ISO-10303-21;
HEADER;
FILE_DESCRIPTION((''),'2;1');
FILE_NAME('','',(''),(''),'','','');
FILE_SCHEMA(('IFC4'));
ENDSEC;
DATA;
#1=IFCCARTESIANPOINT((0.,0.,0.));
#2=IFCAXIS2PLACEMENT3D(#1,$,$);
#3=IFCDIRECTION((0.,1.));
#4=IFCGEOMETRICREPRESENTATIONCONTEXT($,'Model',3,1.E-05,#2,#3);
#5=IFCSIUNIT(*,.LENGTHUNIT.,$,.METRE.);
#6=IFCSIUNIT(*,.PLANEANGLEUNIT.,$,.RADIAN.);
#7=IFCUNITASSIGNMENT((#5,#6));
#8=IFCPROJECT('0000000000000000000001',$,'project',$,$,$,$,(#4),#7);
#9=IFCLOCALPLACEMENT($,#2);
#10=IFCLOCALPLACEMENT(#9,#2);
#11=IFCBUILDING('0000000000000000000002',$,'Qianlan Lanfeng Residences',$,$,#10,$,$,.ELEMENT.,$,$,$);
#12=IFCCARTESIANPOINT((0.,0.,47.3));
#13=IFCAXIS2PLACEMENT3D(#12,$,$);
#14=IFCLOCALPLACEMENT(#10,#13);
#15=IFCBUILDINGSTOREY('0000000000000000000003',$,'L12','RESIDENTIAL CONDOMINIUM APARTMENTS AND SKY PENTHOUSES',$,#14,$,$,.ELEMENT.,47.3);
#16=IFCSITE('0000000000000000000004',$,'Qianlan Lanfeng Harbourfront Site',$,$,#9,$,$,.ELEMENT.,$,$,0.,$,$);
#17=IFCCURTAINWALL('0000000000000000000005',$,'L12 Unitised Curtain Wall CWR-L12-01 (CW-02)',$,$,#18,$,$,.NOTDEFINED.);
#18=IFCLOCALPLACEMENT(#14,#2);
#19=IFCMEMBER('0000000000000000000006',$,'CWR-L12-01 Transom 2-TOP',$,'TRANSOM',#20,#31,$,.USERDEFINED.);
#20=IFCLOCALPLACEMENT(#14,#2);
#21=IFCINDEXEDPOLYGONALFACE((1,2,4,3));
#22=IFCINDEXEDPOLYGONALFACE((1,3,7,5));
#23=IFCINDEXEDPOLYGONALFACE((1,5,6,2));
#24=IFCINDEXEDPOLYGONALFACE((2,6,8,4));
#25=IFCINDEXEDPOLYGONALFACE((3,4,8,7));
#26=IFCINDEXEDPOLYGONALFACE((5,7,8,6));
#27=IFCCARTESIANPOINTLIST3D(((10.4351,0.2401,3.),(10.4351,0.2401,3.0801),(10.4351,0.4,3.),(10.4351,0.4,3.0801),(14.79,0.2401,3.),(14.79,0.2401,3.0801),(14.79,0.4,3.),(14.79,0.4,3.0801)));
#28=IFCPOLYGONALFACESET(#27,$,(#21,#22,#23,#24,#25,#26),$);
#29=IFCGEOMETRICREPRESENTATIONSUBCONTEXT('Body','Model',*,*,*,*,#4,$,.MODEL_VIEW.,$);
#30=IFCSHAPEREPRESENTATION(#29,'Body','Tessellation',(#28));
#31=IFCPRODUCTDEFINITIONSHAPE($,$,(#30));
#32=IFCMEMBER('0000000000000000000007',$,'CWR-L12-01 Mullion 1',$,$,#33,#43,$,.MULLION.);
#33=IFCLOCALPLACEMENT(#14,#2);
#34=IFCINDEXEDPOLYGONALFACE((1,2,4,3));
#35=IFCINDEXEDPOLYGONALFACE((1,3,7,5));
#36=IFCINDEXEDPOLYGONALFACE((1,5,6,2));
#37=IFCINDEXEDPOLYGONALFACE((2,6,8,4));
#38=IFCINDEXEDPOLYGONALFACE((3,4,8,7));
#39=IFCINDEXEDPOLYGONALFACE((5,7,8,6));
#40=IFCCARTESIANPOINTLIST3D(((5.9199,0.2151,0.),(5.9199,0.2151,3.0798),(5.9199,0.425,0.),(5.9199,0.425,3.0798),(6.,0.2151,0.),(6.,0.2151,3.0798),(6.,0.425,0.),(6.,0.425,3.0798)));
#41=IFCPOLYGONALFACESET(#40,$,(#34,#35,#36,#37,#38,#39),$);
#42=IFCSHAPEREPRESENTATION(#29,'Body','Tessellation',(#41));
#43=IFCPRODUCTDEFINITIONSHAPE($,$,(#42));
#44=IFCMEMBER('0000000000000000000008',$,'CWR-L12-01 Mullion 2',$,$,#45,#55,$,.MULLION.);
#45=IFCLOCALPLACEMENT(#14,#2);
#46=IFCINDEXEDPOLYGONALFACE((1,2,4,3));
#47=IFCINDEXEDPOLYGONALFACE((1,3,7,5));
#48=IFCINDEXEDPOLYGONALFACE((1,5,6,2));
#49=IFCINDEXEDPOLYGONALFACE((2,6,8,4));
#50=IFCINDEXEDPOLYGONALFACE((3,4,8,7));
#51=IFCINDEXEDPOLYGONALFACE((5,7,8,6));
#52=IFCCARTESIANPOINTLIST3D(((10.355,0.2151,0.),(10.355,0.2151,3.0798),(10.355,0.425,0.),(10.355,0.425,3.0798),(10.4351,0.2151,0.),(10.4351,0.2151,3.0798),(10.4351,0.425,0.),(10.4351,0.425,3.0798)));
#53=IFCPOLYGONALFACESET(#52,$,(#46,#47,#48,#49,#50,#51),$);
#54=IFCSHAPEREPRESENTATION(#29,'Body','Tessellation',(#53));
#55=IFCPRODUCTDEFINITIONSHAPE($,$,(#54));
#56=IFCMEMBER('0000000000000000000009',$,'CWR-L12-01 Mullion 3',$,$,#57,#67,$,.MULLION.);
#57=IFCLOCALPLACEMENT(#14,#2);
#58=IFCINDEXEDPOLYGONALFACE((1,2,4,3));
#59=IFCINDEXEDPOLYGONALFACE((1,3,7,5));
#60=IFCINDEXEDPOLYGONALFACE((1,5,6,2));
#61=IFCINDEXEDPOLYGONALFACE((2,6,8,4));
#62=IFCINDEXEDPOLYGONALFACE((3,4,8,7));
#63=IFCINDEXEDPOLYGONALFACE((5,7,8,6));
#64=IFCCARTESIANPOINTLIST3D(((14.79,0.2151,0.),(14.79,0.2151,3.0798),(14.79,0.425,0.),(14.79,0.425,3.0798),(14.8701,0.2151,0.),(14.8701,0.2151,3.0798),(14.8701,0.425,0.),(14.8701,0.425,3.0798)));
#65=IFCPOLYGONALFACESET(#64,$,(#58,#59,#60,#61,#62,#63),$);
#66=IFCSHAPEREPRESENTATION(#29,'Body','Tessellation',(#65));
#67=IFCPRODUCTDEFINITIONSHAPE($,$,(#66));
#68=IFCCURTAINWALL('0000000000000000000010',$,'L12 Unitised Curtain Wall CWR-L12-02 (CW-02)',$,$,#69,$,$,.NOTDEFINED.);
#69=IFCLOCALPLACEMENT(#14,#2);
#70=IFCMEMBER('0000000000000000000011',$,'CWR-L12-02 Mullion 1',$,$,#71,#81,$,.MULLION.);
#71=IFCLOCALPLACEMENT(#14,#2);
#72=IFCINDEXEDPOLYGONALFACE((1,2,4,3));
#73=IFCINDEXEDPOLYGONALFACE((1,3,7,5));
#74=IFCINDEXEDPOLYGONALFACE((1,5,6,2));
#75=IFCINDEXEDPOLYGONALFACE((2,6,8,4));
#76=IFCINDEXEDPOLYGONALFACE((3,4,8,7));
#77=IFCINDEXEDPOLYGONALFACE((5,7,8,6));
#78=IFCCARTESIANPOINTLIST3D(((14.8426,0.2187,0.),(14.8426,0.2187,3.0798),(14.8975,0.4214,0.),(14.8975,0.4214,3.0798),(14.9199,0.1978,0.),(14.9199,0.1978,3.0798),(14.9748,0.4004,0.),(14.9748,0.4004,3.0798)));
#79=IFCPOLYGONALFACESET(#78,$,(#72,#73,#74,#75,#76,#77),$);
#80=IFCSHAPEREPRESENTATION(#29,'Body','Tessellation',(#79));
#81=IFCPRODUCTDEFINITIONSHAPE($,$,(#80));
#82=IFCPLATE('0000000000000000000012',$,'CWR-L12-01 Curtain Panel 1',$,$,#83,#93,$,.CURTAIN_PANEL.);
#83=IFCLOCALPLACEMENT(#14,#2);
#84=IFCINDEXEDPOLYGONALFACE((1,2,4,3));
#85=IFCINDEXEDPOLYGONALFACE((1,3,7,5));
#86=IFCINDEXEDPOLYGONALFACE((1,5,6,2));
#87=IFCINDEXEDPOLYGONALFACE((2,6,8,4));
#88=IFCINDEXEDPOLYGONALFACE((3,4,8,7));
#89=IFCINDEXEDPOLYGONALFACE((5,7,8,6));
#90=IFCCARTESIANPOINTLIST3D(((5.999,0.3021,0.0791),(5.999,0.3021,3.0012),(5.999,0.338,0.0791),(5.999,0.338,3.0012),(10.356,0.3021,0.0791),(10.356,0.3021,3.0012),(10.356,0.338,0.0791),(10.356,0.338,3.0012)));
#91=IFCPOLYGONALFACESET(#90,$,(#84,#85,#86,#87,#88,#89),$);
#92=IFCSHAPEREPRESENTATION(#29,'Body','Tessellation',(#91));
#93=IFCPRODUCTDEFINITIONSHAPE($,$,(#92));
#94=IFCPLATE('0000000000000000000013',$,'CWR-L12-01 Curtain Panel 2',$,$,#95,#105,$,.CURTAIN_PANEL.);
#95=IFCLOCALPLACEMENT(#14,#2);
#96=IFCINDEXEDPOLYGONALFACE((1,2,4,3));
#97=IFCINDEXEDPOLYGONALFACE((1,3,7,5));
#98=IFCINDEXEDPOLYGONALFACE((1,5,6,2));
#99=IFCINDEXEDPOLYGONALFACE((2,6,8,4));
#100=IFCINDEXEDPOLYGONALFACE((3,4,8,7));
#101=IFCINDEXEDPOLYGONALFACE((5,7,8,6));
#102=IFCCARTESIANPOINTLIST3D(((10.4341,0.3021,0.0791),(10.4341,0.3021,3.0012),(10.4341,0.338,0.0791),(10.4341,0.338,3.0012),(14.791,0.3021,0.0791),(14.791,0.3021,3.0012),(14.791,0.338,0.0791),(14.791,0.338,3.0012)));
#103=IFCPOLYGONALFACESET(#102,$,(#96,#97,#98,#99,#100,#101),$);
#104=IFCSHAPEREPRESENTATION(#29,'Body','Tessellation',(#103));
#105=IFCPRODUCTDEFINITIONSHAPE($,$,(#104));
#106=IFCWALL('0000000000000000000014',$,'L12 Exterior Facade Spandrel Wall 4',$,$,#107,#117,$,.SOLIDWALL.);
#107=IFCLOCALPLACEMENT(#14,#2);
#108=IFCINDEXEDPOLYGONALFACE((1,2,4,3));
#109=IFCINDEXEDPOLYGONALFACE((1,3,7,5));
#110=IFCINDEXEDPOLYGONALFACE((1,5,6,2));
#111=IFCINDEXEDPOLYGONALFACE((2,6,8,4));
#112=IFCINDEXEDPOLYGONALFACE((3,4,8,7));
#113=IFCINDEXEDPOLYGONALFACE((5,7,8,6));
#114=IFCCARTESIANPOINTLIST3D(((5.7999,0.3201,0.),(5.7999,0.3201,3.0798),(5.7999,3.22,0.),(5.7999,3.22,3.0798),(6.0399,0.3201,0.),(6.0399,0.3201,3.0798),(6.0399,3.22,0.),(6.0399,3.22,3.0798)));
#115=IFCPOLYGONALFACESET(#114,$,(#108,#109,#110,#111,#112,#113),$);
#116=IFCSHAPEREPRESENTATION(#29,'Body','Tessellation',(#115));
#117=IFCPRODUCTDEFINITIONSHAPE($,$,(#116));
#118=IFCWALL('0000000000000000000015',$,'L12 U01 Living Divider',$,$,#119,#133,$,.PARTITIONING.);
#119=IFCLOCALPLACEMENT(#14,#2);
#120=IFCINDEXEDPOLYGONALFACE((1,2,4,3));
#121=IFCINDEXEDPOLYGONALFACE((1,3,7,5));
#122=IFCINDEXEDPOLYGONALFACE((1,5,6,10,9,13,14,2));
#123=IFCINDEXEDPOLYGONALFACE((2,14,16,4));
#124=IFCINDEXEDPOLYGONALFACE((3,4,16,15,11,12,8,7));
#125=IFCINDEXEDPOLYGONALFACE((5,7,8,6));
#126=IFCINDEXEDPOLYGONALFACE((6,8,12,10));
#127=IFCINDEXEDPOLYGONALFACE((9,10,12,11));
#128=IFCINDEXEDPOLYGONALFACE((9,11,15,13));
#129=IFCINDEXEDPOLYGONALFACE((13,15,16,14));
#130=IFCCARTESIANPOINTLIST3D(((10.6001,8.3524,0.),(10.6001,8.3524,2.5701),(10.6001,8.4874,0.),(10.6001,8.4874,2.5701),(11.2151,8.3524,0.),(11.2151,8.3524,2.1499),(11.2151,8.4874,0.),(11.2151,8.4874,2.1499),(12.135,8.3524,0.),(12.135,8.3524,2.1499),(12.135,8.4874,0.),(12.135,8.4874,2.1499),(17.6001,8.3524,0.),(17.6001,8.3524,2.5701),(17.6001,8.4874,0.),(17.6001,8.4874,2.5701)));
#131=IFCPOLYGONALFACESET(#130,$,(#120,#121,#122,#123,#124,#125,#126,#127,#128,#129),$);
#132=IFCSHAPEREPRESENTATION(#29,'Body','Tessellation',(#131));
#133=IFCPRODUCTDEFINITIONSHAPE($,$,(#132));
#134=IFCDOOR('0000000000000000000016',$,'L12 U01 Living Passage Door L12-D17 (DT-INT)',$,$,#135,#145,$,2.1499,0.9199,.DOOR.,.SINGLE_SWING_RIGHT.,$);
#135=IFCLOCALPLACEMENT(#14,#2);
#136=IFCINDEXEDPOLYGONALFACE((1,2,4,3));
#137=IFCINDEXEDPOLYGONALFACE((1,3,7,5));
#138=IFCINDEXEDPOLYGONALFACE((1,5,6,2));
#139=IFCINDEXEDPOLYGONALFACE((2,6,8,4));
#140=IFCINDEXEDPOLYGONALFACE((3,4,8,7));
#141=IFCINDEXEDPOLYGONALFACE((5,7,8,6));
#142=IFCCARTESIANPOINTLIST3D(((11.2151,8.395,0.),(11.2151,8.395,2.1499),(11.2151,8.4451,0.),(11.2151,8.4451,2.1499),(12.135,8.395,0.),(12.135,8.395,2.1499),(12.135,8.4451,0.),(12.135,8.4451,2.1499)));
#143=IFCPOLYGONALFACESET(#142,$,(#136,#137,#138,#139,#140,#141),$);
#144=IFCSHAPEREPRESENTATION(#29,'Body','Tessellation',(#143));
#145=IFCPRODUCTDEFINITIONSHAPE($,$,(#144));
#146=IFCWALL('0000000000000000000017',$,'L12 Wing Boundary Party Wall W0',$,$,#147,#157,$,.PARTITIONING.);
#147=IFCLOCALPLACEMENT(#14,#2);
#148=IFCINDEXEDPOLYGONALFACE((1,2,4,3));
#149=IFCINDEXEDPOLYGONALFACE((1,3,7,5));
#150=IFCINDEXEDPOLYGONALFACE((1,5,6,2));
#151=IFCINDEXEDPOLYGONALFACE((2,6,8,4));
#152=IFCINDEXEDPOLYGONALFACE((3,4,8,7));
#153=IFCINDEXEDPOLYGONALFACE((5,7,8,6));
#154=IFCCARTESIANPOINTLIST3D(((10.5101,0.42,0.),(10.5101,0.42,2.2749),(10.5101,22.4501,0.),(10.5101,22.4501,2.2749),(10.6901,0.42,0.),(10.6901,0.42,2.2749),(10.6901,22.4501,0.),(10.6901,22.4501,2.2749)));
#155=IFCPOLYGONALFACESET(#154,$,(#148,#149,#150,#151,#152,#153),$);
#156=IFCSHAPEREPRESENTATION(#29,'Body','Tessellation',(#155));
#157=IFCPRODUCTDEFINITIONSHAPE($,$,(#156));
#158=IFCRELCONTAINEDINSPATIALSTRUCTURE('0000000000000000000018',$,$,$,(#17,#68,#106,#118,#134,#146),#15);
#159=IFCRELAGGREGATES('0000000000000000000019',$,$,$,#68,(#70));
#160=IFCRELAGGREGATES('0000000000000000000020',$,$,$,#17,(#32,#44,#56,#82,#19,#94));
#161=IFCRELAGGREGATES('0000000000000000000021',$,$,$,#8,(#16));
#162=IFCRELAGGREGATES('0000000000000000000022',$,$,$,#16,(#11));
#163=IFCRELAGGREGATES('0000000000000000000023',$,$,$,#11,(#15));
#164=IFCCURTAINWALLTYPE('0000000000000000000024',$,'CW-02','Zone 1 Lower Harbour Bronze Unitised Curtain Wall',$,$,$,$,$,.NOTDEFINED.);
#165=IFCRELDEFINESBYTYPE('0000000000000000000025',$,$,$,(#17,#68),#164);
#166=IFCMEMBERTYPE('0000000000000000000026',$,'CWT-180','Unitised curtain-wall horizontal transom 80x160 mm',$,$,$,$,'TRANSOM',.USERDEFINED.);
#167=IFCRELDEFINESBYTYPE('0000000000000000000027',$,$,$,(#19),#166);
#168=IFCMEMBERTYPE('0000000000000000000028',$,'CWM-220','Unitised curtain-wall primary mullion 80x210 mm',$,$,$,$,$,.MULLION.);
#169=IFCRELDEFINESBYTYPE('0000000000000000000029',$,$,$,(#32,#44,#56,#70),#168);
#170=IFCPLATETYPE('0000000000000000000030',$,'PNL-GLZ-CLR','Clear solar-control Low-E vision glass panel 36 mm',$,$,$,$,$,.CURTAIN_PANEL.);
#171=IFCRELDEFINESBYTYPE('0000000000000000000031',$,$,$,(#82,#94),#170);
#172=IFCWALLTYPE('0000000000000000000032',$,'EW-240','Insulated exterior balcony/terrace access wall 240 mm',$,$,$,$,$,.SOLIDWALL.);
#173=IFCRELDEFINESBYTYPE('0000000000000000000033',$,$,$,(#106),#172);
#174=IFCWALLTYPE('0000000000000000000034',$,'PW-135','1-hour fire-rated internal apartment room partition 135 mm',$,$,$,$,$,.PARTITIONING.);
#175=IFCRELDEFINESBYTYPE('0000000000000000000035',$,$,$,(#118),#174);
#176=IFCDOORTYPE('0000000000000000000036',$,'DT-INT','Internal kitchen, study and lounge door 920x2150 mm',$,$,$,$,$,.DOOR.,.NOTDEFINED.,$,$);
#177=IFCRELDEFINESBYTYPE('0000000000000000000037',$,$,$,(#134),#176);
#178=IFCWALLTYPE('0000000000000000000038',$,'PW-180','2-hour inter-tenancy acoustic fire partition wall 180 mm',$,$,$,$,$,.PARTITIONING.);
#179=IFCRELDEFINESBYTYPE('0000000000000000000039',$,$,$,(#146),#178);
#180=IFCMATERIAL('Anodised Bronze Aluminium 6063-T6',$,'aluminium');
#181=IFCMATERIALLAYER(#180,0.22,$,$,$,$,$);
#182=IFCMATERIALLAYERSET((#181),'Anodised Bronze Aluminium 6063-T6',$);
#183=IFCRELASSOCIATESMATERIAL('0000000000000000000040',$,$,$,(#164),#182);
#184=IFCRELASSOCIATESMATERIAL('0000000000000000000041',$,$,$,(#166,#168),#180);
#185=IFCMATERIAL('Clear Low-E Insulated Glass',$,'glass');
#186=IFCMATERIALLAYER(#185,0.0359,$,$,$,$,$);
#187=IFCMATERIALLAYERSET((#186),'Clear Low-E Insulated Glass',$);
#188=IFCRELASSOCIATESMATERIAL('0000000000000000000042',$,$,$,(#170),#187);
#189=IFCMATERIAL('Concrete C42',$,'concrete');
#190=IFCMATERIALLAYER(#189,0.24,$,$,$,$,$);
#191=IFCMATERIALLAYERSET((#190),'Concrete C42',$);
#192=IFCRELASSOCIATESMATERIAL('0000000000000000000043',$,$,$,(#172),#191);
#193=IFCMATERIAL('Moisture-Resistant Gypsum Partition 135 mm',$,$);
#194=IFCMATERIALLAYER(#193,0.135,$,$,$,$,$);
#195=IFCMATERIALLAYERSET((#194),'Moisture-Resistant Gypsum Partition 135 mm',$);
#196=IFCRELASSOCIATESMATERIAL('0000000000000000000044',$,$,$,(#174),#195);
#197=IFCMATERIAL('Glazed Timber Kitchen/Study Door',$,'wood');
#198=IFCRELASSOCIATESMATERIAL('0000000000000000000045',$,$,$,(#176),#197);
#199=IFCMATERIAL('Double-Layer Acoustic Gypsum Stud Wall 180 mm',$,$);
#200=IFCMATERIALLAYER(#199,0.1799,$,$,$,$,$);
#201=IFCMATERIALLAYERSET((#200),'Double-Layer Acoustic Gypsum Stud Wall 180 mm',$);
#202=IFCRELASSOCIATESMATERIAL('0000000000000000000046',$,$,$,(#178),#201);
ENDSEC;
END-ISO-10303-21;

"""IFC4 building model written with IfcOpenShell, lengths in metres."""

from ifc_helpers import new_model, si_unit, direction, frame, frame_2d, origin, origin_2d, place, context, subcontext, project, spatial, rectangle, extrude, source, transform, mapped, material, layer, layer_set, material_profile, profile_set, type_object, element, fill, aggregate, save


model = new_model("IFC4")

# Units and contexts
model_context = context("Model", 3, precision=1e-05, world=origin(), true_north=direction((0.0, 1.0)))
body_context = subcontext(model_context, "Body", "Model", "MODEL_VIEW")
ifc_project = project(units=[si_unit("LENGTHUNIT", "METRE"), si_unit("PLANEANGLEUNIT", "RADIAN")], contexts=[model_context])

# Site, building, storey
site_placement = place(None, origin())
site = spatial("IfcSite", under=ifc_project, at=site_placement, Name="Qianlan Lanfeng Harbourfront Site", CompositionType="ELEMENT", RefElevation=0.0)
building_placement = place(site_placement, origin())
building = spatial("IfcBuilding", under=site, at=building_placement, Name="Qianlan Lanfeng Residences", CompositionType="ELEMENT")
storey_placement = place(building_placement, frame((0.0, 0.0, 47.3)))
storey = spatial("IfcBuildingStorey", under=building, at=storey_placement, Name="L12", Description="RESIDENTIAL CONDOMINIUM APARTMENTS AND SKY PENTHOUSES", CompositionType="ELEMENT", Elevation=47.3)

# Curtain wall, members
ifc_material_1 = material(Name="Anodised Bronze Aluminium 6063-T6", Category="aluminium")
ifc_layer_1 = layer(ifc_material_1, 0.22)
ifc_layer_set_1 = layer_set([ifc_layer_1], Name="Anodised Bronze Aluminium 6063-T6")
curtain_wall_type = type_object("IfcCurtainWallType", Name="CW-02", Description="Zone 1 Lower Harbour Bronze Unitised Curtain Wall", PredefinedType="NOTDEFINED", material=ifc_layer_set_1)
curtain_wall_1_placement = place(storey_placement, origin())
curtain_wall_1 = element("IfcCurtainWall", 1, at=curtain_wall_1_placement, inside=storey, type_object=curtain_wall_type, Name="L12 Unitised Curtain Wall CWR-L12-01 (CW-02)", PredefinedType="NOTDEFINED")
ifc_material_profile_1 = material_profile(ifc_material_1, rectangle(XDim=0.0801, YDim=0.1599, at=origin_2d()), Name="ALU TRANSOM 80x160")
ifc_profile_set_1 = profile_set([ifc_material_profile_1], Name="Anodised Bronze Aluminium 6063-T6")
member_type_1 = type_object("IfcMemberType", Name="CWT-180", Description="Unitised curtain-wall horizontal transom 80x160 mm", ElementType="TRANSOM", PredefinedType="USERDEFINED", material=ifc_profile_set_1)
shared_shape_1 = source(origin(), body_context, "Body", "SweptSolid", [
    extrude(rectangle(XDim=0.0801, YDim=0.1599, at=origin_2d()), origin(), (0.0, 0.0, 1.0), 4.355),
])
member_1_placement = place(storey_placement, frame((10.4351, 0.3201, 3.04), z_axis=(1.0, 0.0, 0.0), x_axis=(0.0, 0.0, 1.0)))
member_1 = element("IfcMember", 2, at=member_1_placement, type_object=member_type_1, Name="CWR-L12-01 Transom 2-TOP", ObjectType="TRANSOM", PredefinedType="USERDEFINED", context=body_context, shape_type="MappedRepresentation", body=[
    mapped(shared_shape_1, transform((0.0, 0.0, 0.0), scale=1.0)),
])
ifc_material_profile_2 = material_profile(ifc_material_1, rectangle(XDim=0.0801, YDim=0.21, at=origin_2d()), Name="ALU MULLION 80x210")
ifc_profile_set_2 = profile_set([ifc_material_profile_2], Name="Anodised Bronze Aluminium 6063-T6")
member_type_2 = type_object("IfcMemberType", Name="CWM-220", Description="Unitised curtain-wall primary mullion 80x210 mm", PredefinedType="MULLION", material=ifc_profile_set_2)
shared_shape_2 = source(origin(), body_context, "Body", "SweptSolid", [
    extrude(rectangle(XDim=0.0801, YDim=0.21, at=origin_2d()), origin(), (0.0, 0.0, 1.0), 3.0798),
])
member_2_placement = place(storey_placement, frame((5.96, 0.3201, 0.0), z_axis=(0.0, 0.0, 1.0), x_axis=(1.0, 0.0, 0.0)))
member_2 = element("IfcMember", 3, at=member_2_placement, type_object=member_type_2, Name="CWR-L12-01 Mullion 1", PredefinedType="MULLION", context=body_context, shape_type="MappedRepresentation", body=[
    mapped(shared_shape_2, transform((0.0, 0.0, 0.0), scale=1.0)),
])
member_3_placement = place(storey_placement, frame((10.395, 0.3201, 0.0), z_axis=(0.0, 0.0, 1.0), x_axis=(1.0, 0.0, 0.0)))
member_3 = element("IfcMember", 4, at=member_3_placement, type_object=member_type_2, Name="CWR-L12-01 Mullion 2", PredefinedType="MULLION", context=body_context, shape_type="MappedRepresentation", body=[
    mapped(shared_shape_2, transform((0.0, 0.0, 0.0), scale=1.0)),
])
member_4_placement = place(storey_placement, frame((14.8301, 0.3201, 0.0), z_axis=(0.0, 0.0, 1.0), x_axis=(1.0, 0.0, 0.0)))
member_4 = element("IfcMember", 5, at=member_4_placement, type_object=member_type_2, Name="CWR-L12-01 Mullion 3", PredefinedType="MULLION", context=body_context, shape_type="MappedRepresentation", body=[
    mapped(shared_shape_2, transform((0.0, 0.0, 0.0), scale=1.0)),
])

# Curtain wall, member
curtain_wall_2_placement = place(storey_placement, origin())
curtain_wall_2 = element("IfcCurtainWall", 6, at=curtain_wall_2_placement, inside=storey, type_object=curtain_wall_type, Name="L12 Unitised Curtain Wall CWR-L12-02 (CW-02)", PredefinedType="NOTDEFINED")
member_5_placement = place(storey_placement, frame((14.9087, 0.3096, 0.0), z_axis=(0.0, 0.0, 1.0), x_axis=(0.965263, -0.261281, 0.0)))
member_5 = element("IfcMember", 7, at=member_5_placement, type_object=member_type_2, Name="CWR-L12-02 Mullion 1", PredefinedType="MULLION", context=body_context, shape_type="MappedRepresentation", body=[
    mapped(shared_shape_2, transform((0.0, 0.0, 0.0), scale=1.0)),
])
aggregate(curtain_wall_2, [member_5])

# Plates
ifc_material_2 = material(Name="Clear Low-E Insulated Glass", Category="glass")
ifc_layer_2 = layer(ifc_material_2, 0.0359)
ifc_layer_set_2 = layer_set([ifc_layer_2], Name="Clear Low-E Insulated Glass")
plate_type = type_object("IfcPlateType", Name="PNL-GLZ-CLR", Description="Clear solar-control Low-E vision glass panel 36 mm", PredefinedType="CURTAIN_PANEL", material=ifc_layer_set_2)
shared_shape_3 = source(origin(), body_context, "Body", "SweptSolid", [
    extrude(rectangle(XDim=4.3569, YDim=0.0359, at=origin_2d()), origin(), (0.0, 0.0, 1.0), 2.9221),
])
plate_1_placement = place(storey_placement, frame((8.1775, 0.3201, 0.0791), z_axis=(0.0, 0.0, 1.0), x_axis=(1.0, 0.0, 0.0)))
plate_1 = element("IfcPlate", 8, at=plate_1_placement, type_object=plate_type, Name="CWR-L12-01 Curtain Panel 1", PredefinedType="CURTAIN_PANEL", context=body_context, shape_type="MappedRepresentation", body=[
    mapped(shared_shape_3, transform((0.0, 0.0, 0.0), scale=1.0)),
])
plate_2_placement = place(storey_placement, frame((12.6125, 0.3201, 0.0791), z_axis=(0.0, 0.0, 1.0), x_axis=(1.0, 0.0, 0.0)))
plate_2 = element("IfcPlate", 9, at=plate_2_placement, type_object=plate_type, Name="CWR-L12-01 Curtain Panel 2", PredefinedType="CURTAIN_PANEL", context=body_context, shape_type="MappedRepresentation", body=[
    mapped(shared_shape_3, transform((0.0, 0.0, 0.0), scale=1.0)),
])
aggregate(curtain_wall_1, [member_2, member_3, member_4, plate_1, member_1, plate_2])

# Wall
ifc_material_3 = material(Name="Concrete C42", Category="concrete")
ifc_layer_3 = layer(ifc_material_3, 0.24)
ifc_layer_set_3 = layer_set([ifc_layer_3], Name="Concrete C42")
wall_type_1 = type_object("IfcWallType", Name="EW-240", Description="Insulated exterior balcony/terrace access wall 240 mm", PredefinedType="SOLIDWALL", material=ifc_layer_set_3)
wall_1_placement = place(storey_placement, frame((5.9199, 3.22, 0.0), z_axis=(0.0, 0.0, 1.0), x_axis=(0.0, -1.0, 0.0)))
element("IfcWall", 10, at=wall_1_placement, inside=storey, type_object=wall_type_1, Name="L12 Exterior Facade Spandrel Wall 4", PredefinedType="SOLIDWALL", context=body_context, shape_type="SweptSolid", body=[
    extrude(rectangle(XDim=2.8999, YDim=0.24, at=frame_2d((1.45, 0.0))), origin(), (0.0, 0.0, 1.0), 3.0798),
])

# Wall, opening, door
ifc_material_4 = material(Name="Moisture-Resistant Gypsum Partition 135 mm")
ifc_layer_4 = layer(ifc_material_4, 0.135)
ifc_layer_set_4 = layer_set([ifc_layer_4], Name="Moisture-Resistant Gypsum Partition 135 mm")
wall_type_2 = type_object("IfcWallType", Name="PW-135", Description="1-hour fire-rated internal apartment room partition 135 mm", PredefinedType="PARTITIONING", material=ifc_layer_set_4)
wall_2_placement = place(storey_placement, frame((10.6001, 8.4199, 0.0), z_axis=(0.0, 0.0, 1.0), x_axis=(1.0, 0.0, 0.0)))
wall_2 = element("IfcWall", 11, at=wall_2_placement, inside=storey, type_object=wall_type_2, Name="L12 U01 Living Divider", PredefinedType="PARTITIONING", context=body_context, shape_type="SweptSolid", body=[
    extrude(rectangle(XDim=7.0, YDim=0.135, at=frame_2d((3.5, 0.0))), origin(), (0.0, 0.0, 1.0), 2.5701),
])
opening_1_placement = place(wall_2_placement, frame((0.615, 0.0, 0.0)))
opening_1 = element("IfcOpeningElement", 12, at=opening_1_placement, cuts=wall_2, PredefinedType="OPENING", context=body_context, shape_type="SweptSolid", body=[
    extrude(rectangle(XDim=0.9199, YDim=2.1499, at=frame_2d((0.46, 1.075))), frame((0.0, 0.0776, 0.0), z_axis=(0.0, -1.0, 0.0), x_axis=(1.0, 0.0, 0.0)), (0.0, 0.0, 1.0), 0.155),
])
ifc_material_5 = material(Name="Glazed Timber Kitchen/Study Door", Category="wood")
door_type_1 = type_object("IfcDoorType", Name="DT-INT", Description="Internal kitchen, study and lounge door 920x2150 mm", OperationType="NOTDEFINED", PredefinedType="DOOR", material=ifc_material_5)
door_1_placement = place(opening_1_placement, frame((0.9199, 0.0, 0.0), z_axis=(0.0, 0.0, 1.0), x_axis=(-1.0, 0.0, 0.0)))
door_1 = element("IfcDoor", 13, at=door_1_placement, inside=storey, type_object=door_type_1, Name="L12 U01 Living Passage Door L12-D17 (DT-INT)", OperationType="SINGLE_SWING_RIGHT", OverallHeight=2.1499, OverallWidth=0.9199, PredefinedType="DOOR", context=body_context, shape_type="SweptSolid", body=[
    extrude(rectangle(XDim=0.9199, YDim=2.1499, at=frame_2d((0.46, 1.075))), frame((0.0, 0.0249, 0.0), z_axis=(0.0, -1.0, 0.0), x_axis=(1.0, 0.0, 0.0)), (0.0, 0.0, 1.0), 0.05),
])
fill(opening_1, door_1)

# Wall
ifc_material_6 = material(Name="Double-Layer Acoustic Gypsum Stud Wall 180 mm")
ifc_layer_5 = layer(ifc_material_6, 0.1799)
ifc_layer_set_5 = layer_set([ifc_layer_5], Name="Double-Layer Acoustic Gypsum Stud Wall 180 mm")
wall_type_3 = type_object("IfcWallType", Name="PW-180", Description="2-hour inter-tenancy acoustic fire partition wall 180 mm", PredefinedType="PARTITIONING", material=ifc_layer_set_5)
wall_3_placement = place(storey_placement, frame((10.6001, 0.4199, 0.0), z_axis=(0.0, 0.0, 1.0), x_axis=(0.0, 1.0, 0.0)))
element("IfcWall", 14, at=wall_3_placement, inside=storey, type_object=wall_type_3, Name="L12 Wing Boundary Party Wall W0", PredefinedType="PARTITIONING", context=body_context, shape_type="SweptSolid", body=[
    extrude(rectangle(XDim=22.03, YDim=0.1799, at=frame_2d((11.0151, 0.0))), origin(), (0.0, 0.0, 1.0), 2.2749),
])

save(model, "model.ifc")
